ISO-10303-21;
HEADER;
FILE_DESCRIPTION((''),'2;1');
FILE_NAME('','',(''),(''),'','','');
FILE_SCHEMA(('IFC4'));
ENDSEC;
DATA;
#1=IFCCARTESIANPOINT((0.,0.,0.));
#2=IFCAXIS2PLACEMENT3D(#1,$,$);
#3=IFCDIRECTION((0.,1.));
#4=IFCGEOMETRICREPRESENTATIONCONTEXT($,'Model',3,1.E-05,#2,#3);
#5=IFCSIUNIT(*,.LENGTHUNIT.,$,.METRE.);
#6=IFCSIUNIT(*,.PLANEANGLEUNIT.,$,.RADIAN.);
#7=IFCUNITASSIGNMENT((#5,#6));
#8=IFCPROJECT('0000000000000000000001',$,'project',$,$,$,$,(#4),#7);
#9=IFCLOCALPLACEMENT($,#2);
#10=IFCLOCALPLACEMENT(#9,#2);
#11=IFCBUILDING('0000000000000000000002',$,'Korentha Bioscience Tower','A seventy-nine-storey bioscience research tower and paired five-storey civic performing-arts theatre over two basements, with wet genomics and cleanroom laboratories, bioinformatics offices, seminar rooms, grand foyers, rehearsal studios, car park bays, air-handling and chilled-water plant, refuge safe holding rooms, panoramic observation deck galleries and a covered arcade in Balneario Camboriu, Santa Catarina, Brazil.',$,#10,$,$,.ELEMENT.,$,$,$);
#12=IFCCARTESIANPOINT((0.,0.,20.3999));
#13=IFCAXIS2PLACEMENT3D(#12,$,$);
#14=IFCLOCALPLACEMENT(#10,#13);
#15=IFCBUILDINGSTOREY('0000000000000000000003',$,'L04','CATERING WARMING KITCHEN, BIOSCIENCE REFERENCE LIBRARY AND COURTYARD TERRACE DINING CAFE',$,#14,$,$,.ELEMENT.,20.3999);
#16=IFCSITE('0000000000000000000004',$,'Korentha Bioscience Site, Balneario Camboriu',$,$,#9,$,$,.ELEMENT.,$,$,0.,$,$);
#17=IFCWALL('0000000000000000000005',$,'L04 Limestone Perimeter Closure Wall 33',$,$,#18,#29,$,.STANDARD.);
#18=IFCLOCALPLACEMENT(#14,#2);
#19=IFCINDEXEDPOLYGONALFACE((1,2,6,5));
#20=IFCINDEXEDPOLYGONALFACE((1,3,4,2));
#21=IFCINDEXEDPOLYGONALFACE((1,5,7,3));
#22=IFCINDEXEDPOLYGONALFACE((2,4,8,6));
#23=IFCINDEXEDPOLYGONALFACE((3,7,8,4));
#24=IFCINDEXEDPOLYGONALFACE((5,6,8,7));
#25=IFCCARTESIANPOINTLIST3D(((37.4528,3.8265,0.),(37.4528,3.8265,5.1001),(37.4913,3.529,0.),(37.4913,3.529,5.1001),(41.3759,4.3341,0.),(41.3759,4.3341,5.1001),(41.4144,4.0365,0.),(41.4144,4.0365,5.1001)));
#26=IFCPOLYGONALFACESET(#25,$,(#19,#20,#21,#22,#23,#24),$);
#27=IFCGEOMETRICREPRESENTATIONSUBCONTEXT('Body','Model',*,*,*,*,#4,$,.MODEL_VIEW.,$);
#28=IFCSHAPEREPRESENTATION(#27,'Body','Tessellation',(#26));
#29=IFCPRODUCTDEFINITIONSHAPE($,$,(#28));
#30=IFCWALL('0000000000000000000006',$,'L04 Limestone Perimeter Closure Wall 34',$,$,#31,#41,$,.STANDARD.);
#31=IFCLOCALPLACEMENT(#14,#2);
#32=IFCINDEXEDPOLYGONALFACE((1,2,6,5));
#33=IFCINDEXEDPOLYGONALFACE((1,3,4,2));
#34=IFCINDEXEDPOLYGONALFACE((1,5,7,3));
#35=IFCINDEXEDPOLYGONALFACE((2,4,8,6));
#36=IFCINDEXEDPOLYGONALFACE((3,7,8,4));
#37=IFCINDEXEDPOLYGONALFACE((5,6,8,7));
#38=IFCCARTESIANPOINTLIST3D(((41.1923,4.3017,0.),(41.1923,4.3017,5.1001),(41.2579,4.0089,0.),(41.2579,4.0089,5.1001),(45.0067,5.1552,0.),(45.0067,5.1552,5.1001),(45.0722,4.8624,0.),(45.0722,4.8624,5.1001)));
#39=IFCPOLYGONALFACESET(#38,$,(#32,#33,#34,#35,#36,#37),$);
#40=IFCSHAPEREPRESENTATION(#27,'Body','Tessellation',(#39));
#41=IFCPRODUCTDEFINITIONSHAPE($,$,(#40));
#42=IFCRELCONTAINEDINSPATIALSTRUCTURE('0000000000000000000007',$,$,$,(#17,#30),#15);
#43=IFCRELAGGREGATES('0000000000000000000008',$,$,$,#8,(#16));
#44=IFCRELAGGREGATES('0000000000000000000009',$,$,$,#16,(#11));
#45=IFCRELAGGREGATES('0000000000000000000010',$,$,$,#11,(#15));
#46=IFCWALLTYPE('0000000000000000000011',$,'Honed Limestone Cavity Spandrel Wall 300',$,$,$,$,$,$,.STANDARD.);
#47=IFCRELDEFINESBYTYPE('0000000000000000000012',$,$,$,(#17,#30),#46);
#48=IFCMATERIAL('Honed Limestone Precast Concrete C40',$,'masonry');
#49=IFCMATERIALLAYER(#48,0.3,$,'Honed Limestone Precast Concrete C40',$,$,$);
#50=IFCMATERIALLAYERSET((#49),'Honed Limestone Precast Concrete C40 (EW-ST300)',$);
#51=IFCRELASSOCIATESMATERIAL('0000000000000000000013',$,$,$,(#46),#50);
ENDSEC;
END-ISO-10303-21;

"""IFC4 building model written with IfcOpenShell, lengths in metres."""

from ifc_helpers import new_model, si_unit, direction, frame, frame_2d, origin, place, context, subcontext, project, spatial, rectangle, extrude, material, layer, layer_set, type_object, element, save


model = new_model("IFC4")

# Units and contexts
model_context = context("Model", 3, precision=1e-05, world=origin(), true_north=direction((0.0, 1.0)))
body_context = subcontext(model_context, "Body", "Model", "MODEL_VIEW")
ifc_project = project(units=[si_unit("LENGTHUNIT", "METRE"), si_unit("PLANEANGLEUNIT", "RADIAN")], contexts=[model_context])

# Site, building, storey
site_placement = place(None, origin())
site = spatial("IfcSite", under=ifc_project, at=site_placement, Name="Korentha Bioscience Site, Balneario Camboriu", CompositionType="ELEMENT", RefElevation=0.0)
building_placement = place(site_placement, origin())
building = spatial("IfcBuilding", under=site, at=building_placement, Name="Korentha Bioscience Tower", Description="A seventy-nine-storey bioscience research tower and paired five-storey civic performing-arts theatre over two basements, with wet genomics and cleanroom laboratories, bioinformatics offices, seminar rooms, grand foyers, rehearsal studios, car park bays, air-handling and chilled-water plant, refuge safe holding rooms, panoramic observation deck galleries and a covered arcade in Balneario Camboriu, Santa Catarina, Brazil.", CompositionType="ELEMENT")
storey_placement = place(building_placement, frame((0.0, 0.0, 20.3999)))
storey = spatial("IfcBuildingStorey", under=building, at=storey_placement, Name="L04", Description="CATERING WARMING KITCHEN, BIOSCIENCE REFERENCE LIBRARY AND COURTYARD TERRACE DINING CAFE", CompositionType="ELEMENT", Elevation=20.3999)

# Shared definitions
ifc_material_1 = material(Name="Honed Limestone Precast Concrete C40", Category="masonry")
ifc_layer_1 = layer(ifc_material_1, 0.3, Name="Honed Limestone Precast Concrete C40")
ifc_layer_set_1 = layer_set([ifc_layer_1], Name="Honed Limestone Precast Concrete C40 (EW-ST300)")
wall_type_1 = type_object("IfcWallType", Name="Honed Limestone Cavity Spandrel Wall 300", PredefinedType="STANDARD", material=ifc_layer_set_1)

# Walls
wall_1_placement = place(storey_placement, frame((37.4719, 3.6777, 0.0), z_axis=(0.0, 0.0, 1.0), x_axis=(0.991734, 0.12831, 0.0)))
element("IfcWall", 1, at=wall_1_placement, inside=storey, type_object=wall_type_1, Name="L04 Limestone Perimeter Closure Wall 33", PredefinedType="STANDARD", context=body_context, shape_type="SweptSolid", body=[
    extrude(rectangle(XDim=3.9558, YDim=0.3, at=frame_2d((1.978, 0.0))), origin(), (0.0, 0.0, 1.0), 5.1001),
])
wall_2_placement = place(storey_placement, frame((41.2251, 4.1553, 0.0), z_axis=(0.0, 0.0, 1.0), x_axis=(0.975869, 0.218359, 0.0)))
element("IfcWall", 2, at=wall_2_placement, inside=storey, type_object=wall_type_1, Name="L04 Limestone Perimeter Closure Wall 34", PredefinedType="STANDARD", context=body_context, shape_type="SweptSolid", body=[
    extrude(rectangle(XDim=3.9087, YDim=0.3, at=frame_2d((1.9543, 0.0))), origin(), (0.0, 0.0, 1.0), 5.1001),
])

save(model, "model.ifc")
